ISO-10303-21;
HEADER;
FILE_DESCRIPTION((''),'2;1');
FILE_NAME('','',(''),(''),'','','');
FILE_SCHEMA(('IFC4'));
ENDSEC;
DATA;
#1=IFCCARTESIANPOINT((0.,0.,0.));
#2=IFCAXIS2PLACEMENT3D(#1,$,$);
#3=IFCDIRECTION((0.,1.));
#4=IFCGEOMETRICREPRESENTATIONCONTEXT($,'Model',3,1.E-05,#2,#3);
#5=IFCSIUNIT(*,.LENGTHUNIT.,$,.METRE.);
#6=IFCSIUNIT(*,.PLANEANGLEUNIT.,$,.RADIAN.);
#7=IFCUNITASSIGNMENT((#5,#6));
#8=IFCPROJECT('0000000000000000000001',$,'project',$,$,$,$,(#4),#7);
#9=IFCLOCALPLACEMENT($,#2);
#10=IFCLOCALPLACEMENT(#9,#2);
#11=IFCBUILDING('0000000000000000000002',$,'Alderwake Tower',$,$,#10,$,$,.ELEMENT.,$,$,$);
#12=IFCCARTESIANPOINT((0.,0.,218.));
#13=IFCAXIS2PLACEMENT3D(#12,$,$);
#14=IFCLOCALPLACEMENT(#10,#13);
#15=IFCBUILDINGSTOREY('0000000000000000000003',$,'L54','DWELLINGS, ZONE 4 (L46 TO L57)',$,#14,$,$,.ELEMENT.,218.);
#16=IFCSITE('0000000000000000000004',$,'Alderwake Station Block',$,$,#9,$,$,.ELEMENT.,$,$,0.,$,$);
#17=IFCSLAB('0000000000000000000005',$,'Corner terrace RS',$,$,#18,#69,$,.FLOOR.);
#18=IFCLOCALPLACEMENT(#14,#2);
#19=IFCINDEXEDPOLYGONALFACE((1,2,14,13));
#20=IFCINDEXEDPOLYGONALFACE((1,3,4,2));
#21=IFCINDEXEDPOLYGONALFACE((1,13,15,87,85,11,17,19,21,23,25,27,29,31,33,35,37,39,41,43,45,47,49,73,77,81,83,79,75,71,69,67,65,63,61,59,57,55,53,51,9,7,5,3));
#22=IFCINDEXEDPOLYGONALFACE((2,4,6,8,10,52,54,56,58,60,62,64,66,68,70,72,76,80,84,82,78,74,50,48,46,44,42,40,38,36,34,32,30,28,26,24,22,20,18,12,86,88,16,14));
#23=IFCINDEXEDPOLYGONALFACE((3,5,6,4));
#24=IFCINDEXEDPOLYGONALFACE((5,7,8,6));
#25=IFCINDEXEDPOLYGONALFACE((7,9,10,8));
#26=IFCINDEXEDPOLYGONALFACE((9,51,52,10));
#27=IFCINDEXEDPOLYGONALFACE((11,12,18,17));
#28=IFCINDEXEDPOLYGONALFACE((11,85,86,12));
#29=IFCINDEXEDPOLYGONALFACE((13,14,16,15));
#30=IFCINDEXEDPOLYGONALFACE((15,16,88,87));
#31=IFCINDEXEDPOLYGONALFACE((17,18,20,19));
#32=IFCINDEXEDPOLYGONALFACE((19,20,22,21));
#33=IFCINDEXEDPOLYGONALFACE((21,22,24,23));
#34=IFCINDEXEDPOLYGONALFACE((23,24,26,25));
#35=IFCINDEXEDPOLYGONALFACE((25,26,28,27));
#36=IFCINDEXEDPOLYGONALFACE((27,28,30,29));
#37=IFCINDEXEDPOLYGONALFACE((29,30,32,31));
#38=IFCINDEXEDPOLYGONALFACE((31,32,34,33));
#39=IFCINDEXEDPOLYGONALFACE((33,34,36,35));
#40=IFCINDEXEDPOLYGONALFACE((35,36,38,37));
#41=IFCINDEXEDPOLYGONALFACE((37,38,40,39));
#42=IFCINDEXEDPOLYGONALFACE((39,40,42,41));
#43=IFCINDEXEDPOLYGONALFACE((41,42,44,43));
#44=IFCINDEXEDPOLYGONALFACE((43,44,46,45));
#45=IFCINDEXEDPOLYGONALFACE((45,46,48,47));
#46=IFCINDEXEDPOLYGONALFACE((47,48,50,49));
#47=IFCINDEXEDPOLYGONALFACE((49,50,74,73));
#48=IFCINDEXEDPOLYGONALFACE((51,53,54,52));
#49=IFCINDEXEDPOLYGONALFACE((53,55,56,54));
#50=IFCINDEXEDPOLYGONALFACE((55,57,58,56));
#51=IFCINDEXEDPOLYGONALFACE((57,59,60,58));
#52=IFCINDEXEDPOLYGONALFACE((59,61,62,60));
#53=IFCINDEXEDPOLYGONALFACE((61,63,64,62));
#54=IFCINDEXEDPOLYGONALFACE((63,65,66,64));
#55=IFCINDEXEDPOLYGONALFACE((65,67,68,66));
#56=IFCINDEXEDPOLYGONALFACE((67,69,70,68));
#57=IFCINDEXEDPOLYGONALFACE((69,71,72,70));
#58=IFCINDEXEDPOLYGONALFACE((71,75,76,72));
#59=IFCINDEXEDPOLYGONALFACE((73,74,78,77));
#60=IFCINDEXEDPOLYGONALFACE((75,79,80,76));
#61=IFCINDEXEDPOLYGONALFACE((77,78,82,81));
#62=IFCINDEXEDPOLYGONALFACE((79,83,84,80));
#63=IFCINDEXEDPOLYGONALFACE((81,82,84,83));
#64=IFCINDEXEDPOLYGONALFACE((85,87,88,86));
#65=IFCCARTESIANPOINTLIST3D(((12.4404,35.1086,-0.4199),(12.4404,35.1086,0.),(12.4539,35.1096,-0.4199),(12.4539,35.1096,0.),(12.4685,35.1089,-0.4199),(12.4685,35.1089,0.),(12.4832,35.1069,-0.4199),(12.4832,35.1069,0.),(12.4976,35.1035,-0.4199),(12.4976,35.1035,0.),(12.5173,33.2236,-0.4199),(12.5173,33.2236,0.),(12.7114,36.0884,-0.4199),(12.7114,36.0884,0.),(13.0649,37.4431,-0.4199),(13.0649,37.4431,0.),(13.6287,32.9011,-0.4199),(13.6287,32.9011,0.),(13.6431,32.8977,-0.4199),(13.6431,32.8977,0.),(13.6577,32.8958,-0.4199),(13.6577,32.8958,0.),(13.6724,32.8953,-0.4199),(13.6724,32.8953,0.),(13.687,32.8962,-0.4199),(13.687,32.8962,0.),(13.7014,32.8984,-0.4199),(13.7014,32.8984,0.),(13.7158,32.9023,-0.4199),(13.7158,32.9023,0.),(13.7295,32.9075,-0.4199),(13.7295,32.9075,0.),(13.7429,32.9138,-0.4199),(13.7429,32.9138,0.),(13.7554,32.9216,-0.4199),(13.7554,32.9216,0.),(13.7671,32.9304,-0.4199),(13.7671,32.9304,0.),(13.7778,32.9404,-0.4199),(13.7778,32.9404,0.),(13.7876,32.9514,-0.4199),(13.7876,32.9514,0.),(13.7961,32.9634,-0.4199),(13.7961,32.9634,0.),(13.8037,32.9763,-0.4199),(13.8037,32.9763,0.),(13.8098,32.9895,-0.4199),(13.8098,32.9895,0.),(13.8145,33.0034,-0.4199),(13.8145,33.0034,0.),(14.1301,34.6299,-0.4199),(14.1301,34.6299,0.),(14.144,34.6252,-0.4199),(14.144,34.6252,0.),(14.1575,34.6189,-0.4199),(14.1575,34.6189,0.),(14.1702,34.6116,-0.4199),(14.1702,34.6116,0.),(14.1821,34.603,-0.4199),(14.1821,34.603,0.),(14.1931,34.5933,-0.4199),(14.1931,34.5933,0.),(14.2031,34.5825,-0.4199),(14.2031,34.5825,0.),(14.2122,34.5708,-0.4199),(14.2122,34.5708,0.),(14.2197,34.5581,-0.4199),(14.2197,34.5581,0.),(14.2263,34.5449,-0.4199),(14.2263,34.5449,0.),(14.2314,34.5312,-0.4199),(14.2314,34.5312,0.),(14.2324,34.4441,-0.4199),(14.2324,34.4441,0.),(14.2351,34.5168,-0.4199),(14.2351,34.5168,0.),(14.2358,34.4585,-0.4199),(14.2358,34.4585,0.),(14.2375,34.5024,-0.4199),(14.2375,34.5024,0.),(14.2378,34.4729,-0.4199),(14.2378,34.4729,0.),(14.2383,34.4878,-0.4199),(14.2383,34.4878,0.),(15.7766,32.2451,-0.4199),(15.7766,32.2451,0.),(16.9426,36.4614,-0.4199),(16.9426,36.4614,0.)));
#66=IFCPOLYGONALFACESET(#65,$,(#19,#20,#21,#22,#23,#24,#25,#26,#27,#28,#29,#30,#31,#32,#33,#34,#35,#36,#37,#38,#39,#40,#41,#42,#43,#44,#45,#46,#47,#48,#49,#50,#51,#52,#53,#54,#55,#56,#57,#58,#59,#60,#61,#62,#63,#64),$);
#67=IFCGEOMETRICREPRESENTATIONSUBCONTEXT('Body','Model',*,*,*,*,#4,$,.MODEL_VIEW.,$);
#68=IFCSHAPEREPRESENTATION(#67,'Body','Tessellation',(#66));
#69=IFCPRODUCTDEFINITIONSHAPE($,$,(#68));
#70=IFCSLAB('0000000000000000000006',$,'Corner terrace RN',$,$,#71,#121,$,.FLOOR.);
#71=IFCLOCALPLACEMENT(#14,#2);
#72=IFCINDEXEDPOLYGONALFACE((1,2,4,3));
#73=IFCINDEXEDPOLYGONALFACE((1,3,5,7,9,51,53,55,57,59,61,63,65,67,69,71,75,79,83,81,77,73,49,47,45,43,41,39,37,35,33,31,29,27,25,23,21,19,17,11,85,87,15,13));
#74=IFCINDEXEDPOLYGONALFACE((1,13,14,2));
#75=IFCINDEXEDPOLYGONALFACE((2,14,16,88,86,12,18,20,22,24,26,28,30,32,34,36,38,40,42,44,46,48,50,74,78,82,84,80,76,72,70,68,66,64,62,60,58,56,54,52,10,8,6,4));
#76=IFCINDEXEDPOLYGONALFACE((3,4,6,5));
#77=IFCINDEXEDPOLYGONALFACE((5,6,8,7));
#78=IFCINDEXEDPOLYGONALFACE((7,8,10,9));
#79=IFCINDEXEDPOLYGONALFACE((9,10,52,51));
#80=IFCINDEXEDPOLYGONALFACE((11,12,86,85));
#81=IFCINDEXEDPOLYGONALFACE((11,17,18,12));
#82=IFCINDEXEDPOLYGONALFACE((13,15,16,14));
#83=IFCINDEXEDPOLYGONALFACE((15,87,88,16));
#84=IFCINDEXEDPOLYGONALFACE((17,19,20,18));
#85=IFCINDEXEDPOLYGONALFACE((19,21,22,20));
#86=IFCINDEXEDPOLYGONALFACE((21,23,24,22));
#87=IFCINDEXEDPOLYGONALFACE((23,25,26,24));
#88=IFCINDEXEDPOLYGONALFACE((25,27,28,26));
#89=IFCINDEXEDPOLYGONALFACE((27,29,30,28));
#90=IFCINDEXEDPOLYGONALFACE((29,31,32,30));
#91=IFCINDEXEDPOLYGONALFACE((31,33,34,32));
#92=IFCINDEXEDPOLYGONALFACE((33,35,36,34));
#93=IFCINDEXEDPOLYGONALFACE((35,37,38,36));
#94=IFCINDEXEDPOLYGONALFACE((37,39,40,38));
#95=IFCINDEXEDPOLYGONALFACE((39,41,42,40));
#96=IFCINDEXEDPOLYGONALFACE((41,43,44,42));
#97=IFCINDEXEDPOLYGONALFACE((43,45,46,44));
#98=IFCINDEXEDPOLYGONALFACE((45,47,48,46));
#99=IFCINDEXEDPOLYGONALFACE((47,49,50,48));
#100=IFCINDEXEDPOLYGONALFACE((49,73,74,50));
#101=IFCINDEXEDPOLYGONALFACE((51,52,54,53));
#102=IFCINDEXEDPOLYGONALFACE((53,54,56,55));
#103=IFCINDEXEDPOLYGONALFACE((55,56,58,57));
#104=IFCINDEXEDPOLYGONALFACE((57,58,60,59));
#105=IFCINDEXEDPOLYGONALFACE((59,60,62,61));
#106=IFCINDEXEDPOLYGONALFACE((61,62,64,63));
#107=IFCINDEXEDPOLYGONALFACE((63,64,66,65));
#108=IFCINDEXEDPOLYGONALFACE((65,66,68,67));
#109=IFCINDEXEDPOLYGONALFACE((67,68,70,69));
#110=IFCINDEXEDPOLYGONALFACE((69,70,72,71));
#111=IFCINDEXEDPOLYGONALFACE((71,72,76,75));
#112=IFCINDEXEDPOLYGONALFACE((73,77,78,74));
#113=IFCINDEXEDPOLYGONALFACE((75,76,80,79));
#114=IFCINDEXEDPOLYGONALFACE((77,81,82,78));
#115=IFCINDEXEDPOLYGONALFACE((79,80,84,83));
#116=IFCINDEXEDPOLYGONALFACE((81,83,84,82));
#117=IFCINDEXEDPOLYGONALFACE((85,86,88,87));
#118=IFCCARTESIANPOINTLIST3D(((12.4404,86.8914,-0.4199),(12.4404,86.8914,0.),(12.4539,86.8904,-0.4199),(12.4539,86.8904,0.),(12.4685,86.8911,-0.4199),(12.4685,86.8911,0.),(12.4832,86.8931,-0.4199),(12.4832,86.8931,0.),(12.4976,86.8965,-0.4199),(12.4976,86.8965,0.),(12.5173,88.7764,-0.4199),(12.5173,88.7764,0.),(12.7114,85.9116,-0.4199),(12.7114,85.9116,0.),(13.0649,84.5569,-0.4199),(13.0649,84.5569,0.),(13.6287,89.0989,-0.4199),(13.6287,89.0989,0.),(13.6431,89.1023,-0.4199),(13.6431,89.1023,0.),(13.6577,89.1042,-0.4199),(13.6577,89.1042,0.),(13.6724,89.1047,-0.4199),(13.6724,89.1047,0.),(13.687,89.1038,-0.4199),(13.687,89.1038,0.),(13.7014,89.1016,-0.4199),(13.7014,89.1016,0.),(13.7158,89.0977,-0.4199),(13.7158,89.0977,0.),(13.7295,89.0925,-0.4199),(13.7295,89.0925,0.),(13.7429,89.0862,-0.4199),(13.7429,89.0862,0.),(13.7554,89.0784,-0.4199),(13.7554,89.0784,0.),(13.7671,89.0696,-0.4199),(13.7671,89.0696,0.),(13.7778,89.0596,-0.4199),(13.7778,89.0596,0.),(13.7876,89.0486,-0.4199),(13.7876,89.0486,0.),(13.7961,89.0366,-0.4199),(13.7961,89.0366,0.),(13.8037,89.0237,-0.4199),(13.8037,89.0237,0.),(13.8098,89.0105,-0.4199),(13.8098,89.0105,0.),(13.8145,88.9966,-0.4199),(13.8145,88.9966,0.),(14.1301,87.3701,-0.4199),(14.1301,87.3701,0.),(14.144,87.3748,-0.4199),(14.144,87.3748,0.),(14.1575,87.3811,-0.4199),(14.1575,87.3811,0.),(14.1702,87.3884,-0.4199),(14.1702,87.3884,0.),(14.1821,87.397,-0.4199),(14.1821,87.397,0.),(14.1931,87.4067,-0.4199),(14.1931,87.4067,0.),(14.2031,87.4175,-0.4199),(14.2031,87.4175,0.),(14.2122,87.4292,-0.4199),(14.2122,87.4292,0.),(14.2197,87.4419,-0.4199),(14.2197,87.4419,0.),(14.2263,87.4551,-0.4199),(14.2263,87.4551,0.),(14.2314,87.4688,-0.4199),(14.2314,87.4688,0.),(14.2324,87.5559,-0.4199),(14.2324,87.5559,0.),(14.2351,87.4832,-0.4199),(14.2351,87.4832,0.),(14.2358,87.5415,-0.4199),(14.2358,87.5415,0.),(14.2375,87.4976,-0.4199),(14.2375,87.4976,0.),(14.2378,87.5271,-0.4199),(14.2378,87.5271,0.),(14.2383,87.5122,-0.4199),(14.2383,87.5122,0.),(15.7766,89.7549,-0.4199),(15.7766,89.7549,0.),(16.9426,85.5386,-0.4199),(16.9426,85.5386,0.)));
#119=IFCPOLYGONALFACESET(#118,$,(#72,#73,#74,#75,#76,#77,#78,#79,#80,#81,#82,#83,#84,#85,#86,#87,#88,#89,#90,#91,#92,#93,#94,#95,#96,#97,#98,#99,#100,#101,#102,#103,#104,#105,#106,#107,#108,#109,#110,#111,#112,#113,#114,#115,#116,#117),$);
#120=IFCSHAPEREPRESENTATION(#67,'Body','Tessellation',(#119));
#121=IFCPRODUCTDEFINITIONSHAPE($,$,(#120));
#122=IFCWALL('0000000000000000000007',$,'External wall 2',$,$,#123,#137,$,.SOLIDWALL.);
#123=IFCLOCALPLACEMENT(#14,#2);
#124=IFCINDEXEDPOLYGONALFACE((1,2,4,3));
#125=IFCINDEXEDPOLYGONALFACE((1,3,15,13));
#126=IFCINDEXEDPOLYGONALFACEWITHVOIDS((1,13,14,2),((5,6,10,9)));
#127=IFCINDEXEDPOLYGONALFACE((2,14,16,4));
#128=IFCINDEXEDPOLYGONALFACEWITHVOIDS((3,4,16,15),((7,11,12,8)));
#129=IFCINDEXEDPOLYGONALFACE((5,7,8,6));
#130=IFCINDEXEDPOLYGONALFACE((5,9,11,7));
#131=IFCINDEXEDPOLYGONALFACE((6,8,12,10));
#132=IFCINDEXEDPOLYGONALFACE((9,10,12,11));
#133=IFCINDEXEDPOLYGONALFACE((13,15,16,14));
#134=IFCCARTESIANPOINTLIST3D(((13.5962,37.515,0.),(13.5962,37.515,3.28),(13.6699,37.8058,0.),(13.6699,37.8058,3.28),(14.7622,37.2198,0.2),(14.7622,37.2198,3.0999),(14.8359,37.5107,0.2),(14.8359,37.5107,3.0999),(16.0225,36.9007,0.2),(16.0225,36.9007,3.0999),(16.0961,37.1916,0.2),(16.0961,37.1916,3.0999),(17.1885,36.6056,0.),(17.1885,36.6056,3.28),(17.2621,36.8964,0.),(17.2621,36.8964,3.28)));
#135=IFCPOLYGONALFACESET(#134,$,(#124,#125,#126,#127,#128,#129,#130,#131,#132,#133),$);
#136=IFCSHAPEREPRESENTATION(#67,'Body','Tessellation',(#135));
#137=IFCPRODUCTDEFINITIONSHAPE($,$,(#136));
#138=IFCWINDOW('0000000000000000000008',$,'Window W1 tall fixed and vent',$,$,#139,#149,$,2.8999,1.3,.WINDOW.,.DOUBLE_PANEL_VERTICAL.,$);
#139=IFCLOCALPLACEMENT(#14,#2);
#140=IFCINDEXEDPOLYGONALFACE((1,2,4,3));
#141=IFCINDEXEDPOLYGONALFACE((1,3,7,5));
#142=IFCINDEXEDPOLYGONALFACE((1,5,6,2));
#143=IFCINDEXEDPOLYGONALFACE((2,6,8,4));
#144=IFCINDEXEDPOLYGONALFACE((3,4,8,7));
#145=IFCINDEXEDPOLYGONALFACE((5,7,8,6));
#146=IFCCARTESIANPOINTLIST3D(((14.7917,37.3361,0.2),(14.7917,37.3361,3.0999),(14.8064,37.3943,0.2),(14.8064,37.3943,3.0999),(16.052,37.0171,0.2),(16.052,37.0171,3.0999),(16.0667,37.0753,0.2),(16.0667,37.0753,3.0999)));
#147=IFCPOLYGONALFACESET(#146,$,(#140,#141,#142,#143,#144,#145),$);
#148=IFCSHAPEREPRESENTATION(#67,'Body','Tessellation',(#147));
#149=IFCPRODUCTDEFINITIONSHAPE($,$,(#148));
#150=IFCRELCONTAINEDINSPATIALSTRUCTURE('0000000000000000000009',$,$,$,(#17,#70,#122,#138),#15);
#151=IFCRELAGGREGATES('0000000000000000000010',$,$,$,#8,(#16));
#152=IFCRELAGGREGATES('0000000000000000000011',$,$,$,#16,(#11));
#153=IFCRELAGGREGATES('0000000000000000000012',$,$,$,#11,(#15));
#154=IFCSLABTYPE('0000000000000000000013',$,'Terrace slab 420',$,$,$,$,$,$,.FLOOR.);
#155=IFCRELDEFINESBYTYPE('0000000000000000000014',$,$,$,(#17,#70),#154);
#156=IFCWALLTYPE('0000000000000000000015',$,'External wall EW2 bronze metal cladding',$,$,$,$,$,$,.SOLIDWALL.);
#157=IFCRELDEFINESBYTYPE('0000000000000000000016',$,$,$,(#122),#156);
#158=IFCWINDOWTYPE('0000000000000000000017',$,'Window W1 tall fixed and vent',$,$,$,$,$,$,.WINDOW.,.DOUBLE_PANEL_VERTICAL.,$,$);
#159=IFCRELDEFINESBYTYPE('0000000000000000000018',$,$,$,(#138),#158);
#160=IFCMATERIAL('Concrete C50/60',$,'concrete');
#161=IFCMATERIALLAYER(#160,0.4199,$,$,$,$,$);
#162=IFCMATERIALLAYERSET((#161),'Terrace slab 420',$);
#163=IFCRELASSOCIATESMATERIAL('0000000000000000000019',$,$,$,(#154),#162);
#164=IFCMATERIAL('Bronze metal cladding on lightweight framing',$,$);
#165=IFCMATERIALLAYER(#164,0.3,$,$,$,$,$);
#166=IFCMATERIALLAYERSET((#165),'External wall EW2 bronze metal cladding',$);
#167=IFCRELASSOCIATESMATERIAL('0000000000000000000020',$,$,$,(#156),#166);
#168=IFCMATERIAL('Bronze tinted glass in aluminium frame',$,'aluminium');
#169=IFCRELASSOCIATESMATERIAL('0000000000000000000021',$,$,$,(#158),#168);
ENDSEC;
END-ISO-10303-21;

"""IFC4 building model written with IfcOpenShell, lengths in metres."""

from ifc_helpers import new_model, si_unit, direction, frame, frame_2d, origin, place, context, subcontext, project, spatial, polyline, rectangle, outline, extrude, material, layer, layer_set, type_object, element, fill, save


model = new_model("IFC4")

# Units and contexts
model_context = context("Model", 3, precision=1e-05, world=origin(), true_north=direction((0.0, 1.0)))
body_context = subcontext(model_context, "Body", "Model", "MODEL_VIEW")
ifc_project = project(units=[si_unit("LENGTHUNIT", "METRE"), si_unit("PLANEANGLEUNIT", "RADIAN")], contexts=[model_context])

# Site, building, storey
site_placement = place(None, origin())
site = spatial("IfcSite", under=ifc_project, at=site_placement, Name="Alderwake Station Block", CompositionType="ELEMENT", RefElevation=0.0)
building_placement = place(site_placement, origin())
building = spatial("IfcBuilding", under=site, at=building_placement, Name="Alderwake Tower", CompositionType="ELEMENT")
storey_placement = place(building_placement, frame((0.0, 0.0, 218.0)))
storey = spatial("IfcBuildingStorey", under=building, at=storey_placement, Name="L54", Description="DWELLINGS, ZONE 4 (L46 TO L57)", CompositionType="ELEMENT", Elevation=218.0)

# Slabs
ifc_material_1 = material(Name="Concrete C50/60", Category="concrete")
ifc_layer_1 = layer(ifc_material_1, 0.4199)
ifc_layer_set_1 = layer_set([ifc_layer_1], Name="Terrace slab 420")
slab_type_1 = type_object("IfcSlabType", Name="Terrace slab 420", PredefinedType="FLOOR", material=ifc_layer_set_1)
slab_1_placement = place(storey_placement, frame((0.0, 0.0, -0.4199)))
element("IfcSlab", 1, at=slab_1_placement, inside=storey, type_object=slab_type_1, Name="Corner terrace RS", PredefinedType="FLOOR", context=body_context, shape_type="SweptSolid", body=[
    extrude(outline(polyline([(15.7766, 32.2451), (12.5173, 33.2236), (13.6287, 32.9011), (13.6431, 32.8977), (13.6577, 32.8958), (13.6724, 32.8953), (13.687, 32.8962), (13.7014, 32.8984), (13.7158, 32.9023), (13.7295, 32.9075), (13.7429, 32.9138), (13.7554, 32.9216), (13.7671, 32.9304), (13.7778, 32.9404), (13.7876, 32.9514), (13.7961, 32.9634), (13.8037, 32.9763), (13.8098, 32.9895), (13.8145, 33.0034), (14.2324, 34.4441), (14.2358, 34.4585), (14.2378, 34.4729), (14.2383, 34.4878), (14.2375, 34.5024), (14.2351, 34.5168), (14.2314, 34.5312), (14.2263, 34.5449), (14.2197, 34.5581), (14.2122, 34.5708), (14.2031, 34.5825), (14.1931, 34.5933), (14.1821, 34.603), (14.1702, 34.6116), (14.1575, 34.6189), (14.144, 34.6252), (14.1301, 34.6299), (12.4976, 35.1035), (12.4832, 35.1069), (12.4685, 35.1089), (12.4539, 35.1096), (12.4404, 35.1086), (12.7114, 36.0884), (13.0649, 37.4431), (16.9426, 36.4614), (15.7766, 32.2451)])), origin(), (0.0, 0.0, 1.0), 0.4199),
])
slab_2_placement = place(storey_placement, frame((0.0, 0.0, -0.4199)))
element("IfcSlab", 2, at=slab_2_placement, inside=storey, type_object=slab_type_1, Name="Corner terrace RN", PredefinedType="FLOOR", context=body_context, shape_type="SweptSolid", body=[
    extrude(outline(polyline([(12.4404, 86.8914), (12.4539, 86.8904), (12.4685, 86.8911), (12.4832, 86.8931), (12.4976, 86.8965), (14.1301, 87.3701), (14.144, 87.3748), (14.1575, 87.3811), (14.1702, 87.3884), (14.1821, 87.397), (14.1931, 87.4067), (14.2031, 87.4175), (14.2122, 87.4292), (14.2197, 87.4419), (14.2263, 87.4551), (14.2314, 87.4688), (14.2351, 87.4832), (14.2375, 87.4976), (14.2383, 87.5122), (14.2378, 87.5271), (14.2358, 87.5415), (14.2324, 87.5559), (13.8145, 88.9966), (13.8098, 89.0105), (13.8037, 89.0237), (13.7961, 89.0366), (13.7876, 89.0486), (13.7778, 89.0596), (13.7671, 89.0696), (13.7554, 89.0784), (13.7429, 89.0862), (13.7295, 89.0925), (13.7158, 89.0977), (13.7014, 89.1016), (13.687, 89.1038), (13.6724, 89.1047), (13.6577, 89.1042), (13.6431, 89.1023), (13.6287, 89.0989), (12.5173, 88.7764), (15.7766, 89.7549), (16.9426, 85.5386), (13.0649, 84.5569), (12.7114, 85.9116), (12.4404, 86.8914)])), origin(), (0.0, 0.0, 1.0), 0.4199),
])

# Wall, opening, window
ifc_material_2 = material(Name="Bronze metal cladding on lightweight framing")
ifc_layer_2 = layer(ifc_material_2, 0.3)
ifc_layer_set_2 = layer_set([ifc_layer_2], Name="External wall EW2 bronze metal cladding")
wall_type = type_object("IfcWallType", Name="External wall EW2 bronze metal cladding", PredefinedType="SOLIDWALL", material=ifc_layer_set_2)
wall_1_placement = place(storey_placement, frame((13.6331, 37.6604, 0.0), z_axis=(0.0, 0.0, 1.0), x_axis=(0.969417, -0.245418, 0.0)))
wall_1 = element("IfcWall", 3, at=wall_1_placement, inside=storey, type_object=wall_type, Name="External wall 2", PredefinedType="SOLIDWALL", context=body_context, shape_type="SweptSolid", body=[
    extrude(rectangle(XDim=3.7056, YDim=0.3, at=frame_2d((1.8528, 0.0))), origin(), (0.0, 0.0, 1.0), 3.28),
])
opening_1_placement = place(wall_1_placement, frame((1.2029, 0.0, 0.2)))
opening_1 = element("IfcOpeningElement", 4, at=opening_1_placement, cuts=wall_1, PredefinedType="OPENING", context=body_context, shape_type="SweptSolid", body=[
    extrude(rectangle(XDim=1.3, YDim=2.8999, at=frame_2d((0.6499, 1.45))), frame((0.0, 0.1599, 0.0), z_axis=(0.0, -1.0, 0.0), x_axis=(1.0, 0.0, 0.0)), (0.0, 0.0, 1.0), 0.3201),
])
ifc_material_3 = material(Name="Bronze tinted glass in aluminium frame", Category="aluminium")
window_type = type_object("IfcWindowType", Name="Window W1 tall fixed and vent", PartitioningType="DOUBLE_PANEL_VERTICAL", PredefinedType="WINDOW", material=ifc_material_3)
window_1_placement = place(opening_1_placement, origin())
window_1 = element("IfcWindow", 5, at=window_1_placement, inside=storey, type_object=window_type, Name="Window W1 tall fixed and vent", OverallHeight=2.8999, OverallWidth=1.3, PartitioningType="DOUBLE_PANEL_VERTICAL", PredefinedType="WINDOW", context=body_context, shape_type="SweptSolid", body=[
    extrude(rectangle(XDim=1.3, YDim=2.8999, at=frame_2d((0.6499, 1.45))), frame((0.0, 0.03, 0.0), z_axis=(0.0, -1.0, 0.0), x_axis=(1.0, 0.0, 0.0)), (0.0, 0.0, 1.0), 0.0601),
])
fill(opening_1, window_1)

save(model, "model.ifc")
